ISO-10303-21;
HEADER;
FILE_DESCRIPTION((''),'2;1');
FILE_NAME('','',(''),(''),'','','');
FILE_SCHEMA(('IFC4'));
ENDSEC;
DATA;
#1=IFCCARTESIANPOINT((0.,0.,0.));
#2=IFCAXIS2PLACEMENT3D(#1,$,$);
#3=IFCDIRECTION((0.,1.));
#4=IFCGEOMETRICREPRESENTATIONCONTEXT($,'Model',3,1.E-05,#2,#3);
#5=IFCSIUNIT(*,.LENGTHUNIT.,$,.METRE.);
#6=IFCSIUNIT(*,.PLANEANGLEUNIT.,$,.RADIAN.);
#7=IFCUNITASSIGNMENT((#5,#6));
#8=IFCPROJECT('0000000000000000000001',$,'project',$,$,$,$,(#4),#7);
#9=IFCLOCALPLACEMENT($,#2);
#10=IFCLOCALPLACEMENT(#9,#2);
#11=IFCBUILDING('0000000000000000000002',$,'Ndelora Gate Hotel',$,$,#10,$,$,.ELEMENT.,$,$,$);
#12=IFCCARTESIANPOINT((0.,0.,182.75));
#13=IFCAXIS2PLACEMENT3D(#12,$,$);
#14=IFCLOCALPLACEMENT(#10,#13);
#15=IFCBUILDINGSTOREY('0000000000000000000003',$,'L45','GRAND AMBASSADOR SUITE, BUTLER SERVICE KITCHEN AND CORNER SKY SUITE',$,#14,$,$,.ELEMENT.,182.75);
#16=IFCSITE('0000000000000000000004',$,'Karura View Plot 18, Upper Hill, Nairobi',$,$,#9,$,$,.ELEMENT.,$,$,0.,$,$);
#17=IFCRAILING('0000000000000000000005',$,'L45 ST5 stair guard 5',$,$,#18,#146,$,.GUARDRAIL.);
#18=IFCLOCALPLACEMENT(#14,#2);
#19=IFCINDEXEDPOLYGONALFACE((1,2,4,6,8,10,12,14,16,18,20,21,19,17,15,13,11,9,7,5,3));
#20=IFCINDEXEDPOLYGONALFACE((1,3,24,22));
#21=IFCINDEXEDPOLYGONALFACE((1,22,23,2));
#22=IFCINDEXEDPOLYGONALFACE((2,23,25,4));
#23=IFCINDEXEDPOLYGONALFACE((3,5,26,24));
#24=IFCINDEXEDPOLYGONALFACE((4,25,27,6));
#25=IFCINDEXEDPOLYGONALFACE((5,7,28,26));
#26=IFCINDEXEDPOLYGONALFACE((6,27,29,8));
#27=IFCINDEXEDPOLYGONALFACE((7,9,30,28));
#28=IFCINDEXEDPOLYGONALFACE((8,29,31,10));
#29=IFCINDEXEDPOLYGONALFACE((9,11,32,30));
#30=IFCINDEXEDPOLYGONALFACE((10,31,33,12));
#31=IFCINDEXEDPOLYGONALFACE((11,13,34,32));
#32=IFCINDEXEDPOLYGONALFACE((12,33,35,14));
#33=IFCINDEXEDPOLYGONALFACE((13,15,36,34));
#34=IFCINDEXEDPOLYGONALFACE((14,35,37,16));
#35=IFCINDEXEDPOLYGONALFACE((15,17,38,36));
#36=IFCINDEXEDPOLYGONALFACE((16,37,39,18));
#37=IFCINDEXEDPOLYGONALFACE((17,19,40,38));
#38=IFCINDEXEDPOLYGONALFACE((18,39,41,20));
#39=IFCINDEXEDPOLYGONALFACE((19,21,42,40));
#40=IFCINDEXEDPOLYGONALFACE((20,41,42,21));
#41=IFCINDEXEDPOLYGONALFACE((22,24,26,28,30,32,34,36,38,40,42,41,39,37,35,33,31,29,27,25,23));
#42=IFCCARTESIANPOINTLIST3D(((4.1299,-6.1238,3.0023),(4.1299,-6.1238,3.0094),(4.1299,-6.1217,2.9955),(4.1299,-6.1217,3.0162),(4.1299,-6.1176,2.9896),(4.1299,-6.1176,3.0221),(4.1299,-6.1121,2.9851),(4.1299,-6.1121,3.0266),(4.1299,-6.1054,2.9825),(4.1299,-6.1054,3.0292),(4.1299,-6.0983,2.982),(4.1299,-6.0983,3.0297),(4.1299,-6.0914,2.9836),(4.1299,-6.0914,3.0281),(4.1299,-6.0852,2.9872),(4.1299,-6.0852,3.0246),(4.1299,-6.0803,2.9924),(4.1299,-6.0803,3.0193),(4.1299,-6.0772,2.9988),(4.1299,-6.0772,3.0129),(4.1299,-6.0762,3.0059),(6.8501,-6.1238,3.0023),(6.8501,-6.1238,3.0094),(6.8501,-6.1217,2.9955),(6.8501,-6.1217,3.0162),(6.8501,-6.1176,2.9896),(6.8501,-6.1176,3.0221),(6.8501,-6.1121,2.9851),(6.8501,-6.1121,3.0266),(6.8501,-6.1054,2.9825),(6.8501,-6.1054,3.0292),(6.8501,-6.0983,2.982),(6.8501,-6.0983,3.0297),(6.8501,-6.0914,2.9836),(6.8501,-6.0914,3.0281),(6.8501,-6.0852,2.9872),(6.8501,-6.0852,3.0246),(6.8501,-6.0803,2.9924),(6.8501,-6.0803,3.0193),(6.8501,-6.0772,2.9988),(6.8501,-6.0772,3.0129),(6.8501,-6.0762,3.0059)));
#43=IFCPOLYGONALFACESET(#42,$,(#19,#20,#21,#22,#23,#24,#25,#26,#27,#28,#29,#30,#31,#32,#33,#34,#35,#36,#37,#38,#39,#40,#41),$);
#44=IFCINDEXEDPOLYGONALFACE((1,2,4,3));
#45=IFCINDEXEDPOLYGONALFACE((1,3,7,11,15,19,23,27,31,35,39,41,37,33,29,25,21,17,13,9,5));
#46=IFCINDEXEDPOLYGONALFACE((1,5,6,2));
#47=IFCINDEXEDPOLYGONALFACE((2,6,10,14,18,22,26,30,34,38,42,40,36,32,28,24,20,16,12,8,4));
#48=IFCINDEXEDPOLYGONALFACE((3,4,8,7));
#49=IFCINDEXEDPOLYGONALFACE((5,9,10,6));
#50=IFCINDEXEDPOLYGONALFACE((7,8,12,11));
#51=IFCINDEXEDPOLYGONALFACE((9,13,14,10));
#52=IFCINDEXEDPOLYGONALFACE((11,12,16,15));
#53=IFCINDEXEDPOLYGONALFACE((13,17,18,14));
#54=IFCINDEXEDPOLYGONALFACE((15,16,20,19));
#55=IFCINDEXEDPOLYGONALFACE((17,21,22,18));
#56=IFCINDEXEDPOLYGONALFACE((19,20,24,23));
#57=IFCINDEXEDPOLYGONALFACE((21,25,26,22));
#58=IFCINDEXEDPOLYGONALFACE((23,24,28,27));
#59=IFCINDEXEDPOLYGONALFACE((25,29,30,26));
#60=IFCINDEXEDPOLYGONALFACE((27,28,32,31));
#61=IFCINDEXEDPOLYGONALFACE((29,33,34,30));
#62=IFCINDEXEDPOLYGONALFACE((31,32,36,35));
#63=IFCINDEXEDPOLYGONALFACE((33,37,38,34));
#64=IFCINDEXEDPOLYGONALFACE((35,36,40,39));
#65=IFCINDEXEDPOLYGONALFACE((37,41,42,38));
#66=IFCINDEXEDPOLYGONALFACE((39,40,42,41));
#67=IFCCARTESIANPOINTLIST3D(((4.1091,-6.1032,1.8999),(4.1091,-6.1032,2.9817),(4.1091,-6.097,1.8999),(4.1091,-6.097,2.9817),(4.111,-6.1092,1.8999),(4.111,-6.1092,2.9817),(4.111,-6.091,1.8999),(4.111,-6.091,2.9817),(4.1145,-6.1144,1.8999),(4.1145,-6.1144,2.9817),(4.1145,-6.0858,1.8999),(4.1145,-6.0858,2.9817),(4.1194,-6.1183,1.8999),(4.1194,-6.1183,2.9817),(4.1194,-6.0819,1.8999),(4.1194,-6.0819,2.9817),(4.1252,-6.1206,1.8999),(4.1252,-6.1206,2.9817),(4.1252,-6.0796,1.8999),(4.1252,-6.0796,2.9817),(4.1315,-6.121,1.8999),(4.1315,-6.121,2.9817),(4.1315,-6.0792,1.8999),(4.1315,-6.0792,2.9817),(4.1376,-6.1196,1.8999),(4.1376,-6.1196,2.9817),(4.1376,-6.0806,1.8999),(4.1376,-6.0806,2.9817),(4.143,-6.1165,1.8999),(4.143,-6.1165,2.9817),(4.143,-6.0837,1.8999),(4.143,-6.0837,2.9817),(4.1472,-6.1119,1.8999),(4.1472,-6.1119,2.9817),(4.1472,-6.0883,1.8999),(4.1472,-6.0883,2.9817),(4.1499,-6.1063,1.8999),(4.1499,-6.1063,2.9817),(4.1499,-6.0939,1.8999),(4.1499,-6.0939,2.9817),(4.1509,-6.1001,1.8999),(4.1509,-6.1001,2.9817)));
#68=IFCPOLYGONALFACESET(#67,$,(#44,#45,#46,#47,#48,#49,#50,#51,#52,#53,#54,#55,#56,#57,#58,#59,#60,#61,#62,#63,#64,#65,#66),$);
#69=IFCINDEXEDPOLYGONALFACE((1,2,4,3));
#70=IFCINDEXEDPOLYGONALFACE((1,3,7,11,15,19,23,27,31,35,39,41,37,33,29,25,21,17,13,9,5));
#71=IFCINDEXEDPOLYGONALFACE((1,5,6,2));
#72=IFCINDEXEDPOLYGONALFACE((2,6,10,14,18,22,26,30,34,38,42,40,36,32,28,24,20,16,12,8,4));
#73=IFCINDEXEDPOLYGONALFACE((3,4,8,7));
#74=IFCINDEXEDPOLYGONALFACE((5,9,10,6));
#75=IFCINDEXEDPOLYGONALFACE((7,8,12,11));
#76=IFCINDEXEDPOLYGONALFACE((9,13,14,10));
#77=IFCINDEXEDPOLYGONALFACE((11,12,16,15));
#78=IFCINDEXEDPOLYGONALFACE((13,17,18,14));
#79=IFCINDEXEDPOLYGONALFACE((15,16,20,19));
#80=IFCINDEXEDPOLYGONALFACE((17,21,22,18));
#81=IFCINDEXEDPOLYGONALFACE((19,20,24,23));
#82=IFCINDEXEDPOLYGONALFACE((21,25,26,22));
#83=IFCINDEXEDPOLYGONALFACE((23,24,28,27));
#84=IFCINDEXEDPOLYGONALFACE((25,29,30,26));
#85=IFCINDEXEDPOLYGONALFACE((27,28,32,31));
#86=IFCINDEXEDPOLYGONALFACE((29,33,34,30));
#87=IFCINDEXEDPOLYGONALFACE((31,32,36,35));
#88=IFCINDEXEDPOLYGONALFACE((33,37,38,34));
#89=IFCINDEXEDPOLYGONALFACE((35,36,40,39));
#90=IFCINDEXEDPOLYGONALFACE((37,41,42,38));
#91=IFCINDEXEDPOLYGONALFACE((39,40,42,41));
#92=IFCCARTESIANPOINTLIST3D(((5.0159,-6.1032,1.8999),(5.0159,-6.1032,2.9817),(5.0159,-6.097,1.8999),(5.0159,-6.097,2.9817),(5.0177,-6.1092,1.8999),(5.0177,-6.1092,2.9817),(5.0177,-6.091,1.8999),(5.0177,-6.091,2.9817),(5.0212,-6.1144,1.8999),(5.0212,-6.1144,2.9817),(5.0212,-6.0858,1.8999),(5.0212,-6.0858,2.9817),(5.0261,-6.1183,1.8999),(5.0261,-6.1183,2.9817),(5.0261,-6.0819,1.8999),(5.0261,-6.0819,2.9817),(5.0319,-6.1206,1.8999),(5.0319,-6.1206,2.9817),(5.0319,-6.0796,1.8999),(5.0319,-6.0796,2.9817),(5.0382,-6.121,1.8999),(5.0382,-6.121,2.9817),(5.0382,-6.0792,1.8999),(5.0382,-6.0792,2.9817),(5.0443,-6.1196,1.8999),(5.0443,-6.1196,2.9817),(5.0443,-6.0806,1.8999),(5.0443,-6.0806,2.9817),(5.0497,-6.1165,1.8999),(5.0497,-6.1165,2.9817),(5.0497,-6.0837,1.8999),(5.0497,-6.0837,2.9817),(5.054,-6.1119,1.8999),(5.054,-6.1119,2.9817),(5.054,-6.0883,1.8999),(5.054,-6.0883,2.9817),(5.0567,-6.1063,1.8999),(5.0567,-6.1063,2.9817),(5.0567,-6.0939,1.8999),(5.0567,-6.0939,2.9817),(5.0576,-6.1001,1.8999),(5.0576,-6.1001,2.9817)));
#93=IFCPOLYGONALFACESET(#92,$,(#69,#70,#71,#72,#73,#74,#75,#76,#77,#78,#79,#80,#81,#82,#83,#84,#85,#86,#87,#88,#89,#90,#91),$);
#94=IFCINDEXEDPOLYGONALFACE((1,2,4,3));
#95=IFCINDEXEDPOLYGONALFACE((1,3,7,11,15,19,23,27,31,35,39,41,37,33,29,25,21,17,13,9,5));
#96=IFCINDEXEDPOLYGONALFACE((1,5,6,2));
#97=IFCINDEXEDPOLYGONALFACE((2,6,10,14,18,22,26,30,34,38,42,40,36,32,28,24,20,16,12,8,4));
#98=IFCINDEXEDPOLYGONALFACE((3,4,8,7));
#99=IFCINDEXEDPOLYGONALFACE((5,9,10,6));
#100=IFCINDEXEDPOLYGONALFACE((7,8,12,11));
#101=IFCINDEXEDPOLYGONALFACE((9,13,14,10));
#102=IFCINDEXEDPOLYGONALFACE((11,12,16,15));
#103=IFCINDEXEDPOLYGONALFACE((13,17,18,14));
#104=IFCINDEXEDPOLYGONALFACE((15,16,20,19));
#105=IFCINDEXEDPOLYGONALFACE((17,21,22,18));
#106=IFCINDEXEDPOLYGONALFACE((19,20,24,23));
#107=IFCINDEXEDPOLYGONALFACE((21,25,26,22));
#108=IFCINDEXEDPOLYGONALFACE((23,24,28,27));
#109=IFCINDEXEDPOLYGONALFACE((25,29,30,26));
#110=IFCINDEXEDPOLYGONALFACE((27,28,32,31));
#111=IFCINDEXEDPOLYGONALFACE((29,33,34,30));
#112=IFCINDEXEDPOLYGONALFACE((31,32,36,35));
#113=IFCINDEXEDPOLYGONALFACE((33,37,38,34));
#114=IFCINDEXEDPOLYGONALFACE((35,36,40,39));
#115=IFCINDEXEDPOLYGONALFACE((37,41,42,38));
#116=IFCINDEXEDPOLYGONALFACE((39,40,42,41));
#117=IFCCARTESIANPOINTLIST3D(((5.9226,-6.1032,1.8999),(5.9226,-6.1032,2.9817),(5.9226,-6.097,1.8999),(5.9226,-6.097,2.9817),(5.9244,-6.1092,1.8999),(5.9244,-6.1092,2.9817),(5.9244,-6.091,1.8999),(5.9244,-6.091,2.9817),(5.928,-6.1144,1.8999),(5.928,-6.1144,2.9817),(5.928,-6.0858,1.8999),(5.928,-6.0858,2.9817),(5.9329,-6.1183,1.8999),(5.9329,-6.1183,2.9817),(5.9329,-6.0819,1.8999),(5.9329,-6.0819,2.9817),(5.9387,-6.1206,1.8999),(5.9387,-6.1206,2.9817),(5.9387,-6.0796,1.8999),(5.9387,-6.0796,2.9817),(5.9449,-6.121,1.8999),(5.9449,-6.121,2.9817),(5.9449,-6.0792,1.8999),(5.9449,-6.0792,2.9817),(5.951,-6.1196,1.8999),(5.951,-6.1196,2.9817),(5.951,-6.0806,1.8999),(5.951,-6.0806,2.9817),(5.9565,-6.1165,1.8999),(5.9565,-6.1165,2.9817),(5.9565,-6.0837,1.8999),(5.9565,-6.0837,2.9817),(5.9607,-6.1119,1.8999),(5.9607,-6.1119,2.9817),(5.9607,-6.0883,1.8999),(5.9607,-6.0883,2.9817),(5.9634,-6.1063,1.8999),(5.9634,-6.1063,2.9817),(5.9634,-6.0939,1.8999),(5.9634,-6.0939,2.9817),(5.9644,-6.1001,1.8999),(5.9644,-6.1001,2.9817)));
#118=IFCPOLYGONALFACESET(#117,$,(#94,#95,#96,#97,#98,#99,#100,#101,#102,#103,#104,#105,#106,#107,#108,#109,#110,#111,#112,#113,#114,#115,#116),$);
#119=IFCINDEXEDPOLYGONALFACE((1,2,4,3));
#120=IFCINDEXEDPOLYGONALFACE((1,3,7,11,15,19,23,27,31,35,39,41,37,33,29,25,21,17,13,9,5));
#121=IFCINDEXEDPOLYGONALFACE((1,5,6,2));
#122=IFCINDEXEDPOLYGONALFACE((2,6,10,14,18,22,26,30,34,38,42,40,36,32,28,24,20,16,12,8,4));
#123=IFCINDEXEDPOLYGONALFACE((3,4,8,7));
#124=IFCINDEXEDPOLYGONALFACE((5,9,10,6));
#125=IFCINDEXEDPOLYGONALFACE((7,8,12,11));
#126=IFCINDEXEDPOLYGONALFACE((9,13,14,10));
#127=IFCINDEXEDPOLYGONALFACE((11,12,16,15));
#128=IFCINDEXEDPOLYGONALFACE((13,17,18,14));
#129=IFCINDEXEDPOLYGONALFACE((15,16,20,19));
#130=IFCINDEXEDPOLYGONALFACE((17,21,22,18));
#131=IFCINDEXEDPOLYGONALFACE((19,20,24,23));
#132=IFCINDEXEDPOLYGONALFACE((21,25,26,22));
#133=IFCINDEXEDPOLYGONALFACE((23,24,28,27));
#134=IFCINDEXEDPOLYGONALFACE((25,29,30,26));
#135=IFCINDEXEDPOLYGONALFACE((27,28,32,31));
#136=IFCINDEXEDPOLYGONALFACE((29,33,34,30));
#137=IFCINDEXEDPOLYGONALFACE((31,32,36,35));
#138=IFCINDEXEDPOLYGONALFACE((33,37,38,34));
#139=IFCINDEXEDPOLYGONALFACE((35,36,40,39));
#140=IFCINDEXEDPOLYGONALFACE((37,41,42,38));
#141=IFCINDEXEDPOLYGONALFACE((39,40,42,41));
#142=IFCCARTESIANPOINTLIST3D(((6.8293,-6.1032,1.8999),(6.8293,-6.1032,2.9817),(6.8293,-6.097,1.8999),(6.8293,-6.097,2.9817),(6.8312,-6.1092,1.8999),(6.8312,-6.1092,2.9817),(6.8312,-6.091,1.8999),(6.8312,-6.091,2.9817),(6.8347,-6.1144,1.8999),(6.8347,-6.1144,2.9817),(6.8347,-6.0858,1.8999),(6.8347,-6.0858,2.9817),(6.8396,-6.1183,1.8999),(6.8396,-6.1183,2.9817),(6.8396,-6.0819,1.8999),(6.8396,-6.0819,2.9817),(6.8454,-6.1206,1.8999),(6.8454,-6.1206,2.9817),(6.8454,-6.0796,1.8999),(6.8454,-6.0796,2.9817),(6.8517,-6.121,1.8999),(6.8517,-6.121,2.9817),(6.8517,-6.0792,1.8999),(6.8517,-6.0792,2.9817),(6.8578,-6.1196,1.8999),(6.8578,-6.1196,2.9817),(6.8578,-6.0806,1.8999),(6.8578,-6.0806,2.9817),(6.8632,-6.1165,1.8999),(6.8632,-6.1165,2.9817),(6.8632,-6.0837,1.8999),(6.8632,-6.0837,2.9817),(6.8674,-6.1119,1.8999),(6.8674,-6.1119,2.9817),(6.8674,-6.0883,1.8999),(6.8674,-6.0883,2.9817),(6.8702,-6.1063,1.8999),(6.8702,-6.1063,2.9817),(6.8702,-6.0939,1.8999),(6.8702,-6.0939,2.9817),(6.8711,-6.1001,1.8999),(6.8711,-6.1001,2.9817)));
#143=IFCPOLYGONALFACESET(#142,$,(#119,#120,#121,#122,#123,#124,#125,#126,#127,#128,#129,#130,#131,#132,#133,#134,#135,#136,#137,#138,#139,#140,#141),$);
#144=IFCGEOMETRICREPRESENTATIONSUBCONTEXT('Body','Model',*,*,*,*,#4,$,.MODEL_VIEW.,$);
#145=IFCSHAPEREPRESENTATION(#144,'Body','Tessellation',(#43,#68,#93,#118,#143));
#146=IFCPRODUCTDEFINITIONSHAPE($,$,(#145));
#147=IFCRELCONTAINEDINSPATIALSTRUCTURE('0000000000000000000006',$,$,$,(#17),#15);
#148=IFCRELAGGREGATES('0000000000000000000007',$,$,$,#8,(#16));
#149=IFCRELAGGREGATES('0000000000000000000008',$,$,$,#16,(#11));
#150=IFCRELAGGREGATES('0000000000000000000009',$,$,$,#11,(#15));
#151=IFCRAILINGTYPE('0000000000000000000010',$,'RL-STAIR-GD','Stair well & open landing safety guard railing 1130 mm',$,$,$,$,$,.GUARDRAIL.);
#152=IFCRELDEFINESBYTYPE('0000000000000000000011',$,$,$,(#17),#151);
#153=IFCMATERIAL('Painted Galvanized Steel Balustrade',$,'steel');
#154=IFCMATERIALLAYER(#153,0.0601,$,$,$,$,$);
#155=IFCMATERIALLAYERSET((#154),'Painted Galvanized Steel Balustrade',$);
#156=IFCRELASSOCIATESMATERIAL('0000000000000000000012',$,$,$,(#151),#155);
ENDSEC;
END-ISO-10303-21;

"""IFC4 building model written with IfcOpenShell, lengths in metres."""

from ifc_helpers import new_model, si_unit, direction, frame, origin, origin_2d, place, context, subcontext, project, spatial, circle, extrude, material, layer, layer_set, type_object, element, save


model = new_model("IFC4")

# Units and contexts
model_context = context("Model", 3, precision=1e-05, world=origin(), true_north=direction((0.0, 1.0)))
body_context = subcontext(model_context, "Body", "Model", "MODEL_VIEW")
ifc_project = project(units=[si_unit("LENGTHUNIT", "METRE"), si_unit("PLANEANGLEUNIT", "RADIAN")], contexts=[model_context])

# Site, building, storey
site_placement = place(None, origin())
site = spatial("IfcSite", under=ifc_project, at=site_placement, Name="Karura View Plot 18, Upper Hill, Nairobi", CompositionType="ELEMENT", RefElevation=0.0)
building_placement = place(site_placement, origin())
building = spatial("IfcBuilding", under=site, at=building_placement, Name="Ndelora Gate Hotel", CompositionType="ELEMENT")
storey_placement = place(building_placement, frame((0.0, 0.0, 182.75)))
storey = spatial("IfcBuildingStorey", under=building, at=storey_placement, Name="L45", Description="GRAND AMBASSADOR SUITE, BUTLER SERVICE KITCHEN AND CORNER SKY SUITE", CompositionType="ELEMENT", Elevation=182.75)

# Railing
ifc_material_1 = material(Name="Painted Galvanized Steel Balustrade", Category="steel")
ifc_layer_1 = layer(ifc_material_1, 0.0601)
ifc_layer_set_1 = layer_set([ifc_layer_1], Name="Painted Galvanized Steel Balustrade")
railing_type_1 = type_object("IfcRailingType", Name="RL-STAIR-GD", Description="Stair well & open landing safety guard railing 1130 mm", PredefinedType="GUARDRAIL", material=ifc_layer_set_1)
railing_1_placement = place(storey_placement, frame((4.1299, -6.1001, 1.8999)))
element("IfcRailing", 1, at=railing_1_placement, inside=storey, type_object=railing_type_1, Name="L45 ST5 stair guard 5", PredefinedType="GUARDRAIL", context=body_context, shape_type="SweptSolid", body=[
    extrude(circle(Radius=0.0239, at=origin_2d()), frame((0.0, 0.0, 1.106), z_axis=(1.0, 0.0, 0.0), x_axis=(0.0, 1.0, 0.0)), (0.0, 0.0, 1.0), 2.7202),
    extrude(circle(Radius=0.021, at=origin_2d()), origin(), (0.0, 0.0, 1.0), 1.0818),
    extrude(circle(Radius=0.021, at=origin_2d()), frame((0.9067, 0.0, 0.0)), (0.0, 0.0, 1.0), 1.0818),
    extrude(circle(Radius=0.021, at=origin_2d()), frame((1.8135, 0.0, 0.0)), (0.0, 0.0, 1.0), 1.0818),
    extrude(circle(Radius=0.021, at=origin_2d()), frame((2.7202, 0.0, 0.0)), (0.0, 0.0, 1.0), 1.0818),
])

save(model, "model.ifc")
